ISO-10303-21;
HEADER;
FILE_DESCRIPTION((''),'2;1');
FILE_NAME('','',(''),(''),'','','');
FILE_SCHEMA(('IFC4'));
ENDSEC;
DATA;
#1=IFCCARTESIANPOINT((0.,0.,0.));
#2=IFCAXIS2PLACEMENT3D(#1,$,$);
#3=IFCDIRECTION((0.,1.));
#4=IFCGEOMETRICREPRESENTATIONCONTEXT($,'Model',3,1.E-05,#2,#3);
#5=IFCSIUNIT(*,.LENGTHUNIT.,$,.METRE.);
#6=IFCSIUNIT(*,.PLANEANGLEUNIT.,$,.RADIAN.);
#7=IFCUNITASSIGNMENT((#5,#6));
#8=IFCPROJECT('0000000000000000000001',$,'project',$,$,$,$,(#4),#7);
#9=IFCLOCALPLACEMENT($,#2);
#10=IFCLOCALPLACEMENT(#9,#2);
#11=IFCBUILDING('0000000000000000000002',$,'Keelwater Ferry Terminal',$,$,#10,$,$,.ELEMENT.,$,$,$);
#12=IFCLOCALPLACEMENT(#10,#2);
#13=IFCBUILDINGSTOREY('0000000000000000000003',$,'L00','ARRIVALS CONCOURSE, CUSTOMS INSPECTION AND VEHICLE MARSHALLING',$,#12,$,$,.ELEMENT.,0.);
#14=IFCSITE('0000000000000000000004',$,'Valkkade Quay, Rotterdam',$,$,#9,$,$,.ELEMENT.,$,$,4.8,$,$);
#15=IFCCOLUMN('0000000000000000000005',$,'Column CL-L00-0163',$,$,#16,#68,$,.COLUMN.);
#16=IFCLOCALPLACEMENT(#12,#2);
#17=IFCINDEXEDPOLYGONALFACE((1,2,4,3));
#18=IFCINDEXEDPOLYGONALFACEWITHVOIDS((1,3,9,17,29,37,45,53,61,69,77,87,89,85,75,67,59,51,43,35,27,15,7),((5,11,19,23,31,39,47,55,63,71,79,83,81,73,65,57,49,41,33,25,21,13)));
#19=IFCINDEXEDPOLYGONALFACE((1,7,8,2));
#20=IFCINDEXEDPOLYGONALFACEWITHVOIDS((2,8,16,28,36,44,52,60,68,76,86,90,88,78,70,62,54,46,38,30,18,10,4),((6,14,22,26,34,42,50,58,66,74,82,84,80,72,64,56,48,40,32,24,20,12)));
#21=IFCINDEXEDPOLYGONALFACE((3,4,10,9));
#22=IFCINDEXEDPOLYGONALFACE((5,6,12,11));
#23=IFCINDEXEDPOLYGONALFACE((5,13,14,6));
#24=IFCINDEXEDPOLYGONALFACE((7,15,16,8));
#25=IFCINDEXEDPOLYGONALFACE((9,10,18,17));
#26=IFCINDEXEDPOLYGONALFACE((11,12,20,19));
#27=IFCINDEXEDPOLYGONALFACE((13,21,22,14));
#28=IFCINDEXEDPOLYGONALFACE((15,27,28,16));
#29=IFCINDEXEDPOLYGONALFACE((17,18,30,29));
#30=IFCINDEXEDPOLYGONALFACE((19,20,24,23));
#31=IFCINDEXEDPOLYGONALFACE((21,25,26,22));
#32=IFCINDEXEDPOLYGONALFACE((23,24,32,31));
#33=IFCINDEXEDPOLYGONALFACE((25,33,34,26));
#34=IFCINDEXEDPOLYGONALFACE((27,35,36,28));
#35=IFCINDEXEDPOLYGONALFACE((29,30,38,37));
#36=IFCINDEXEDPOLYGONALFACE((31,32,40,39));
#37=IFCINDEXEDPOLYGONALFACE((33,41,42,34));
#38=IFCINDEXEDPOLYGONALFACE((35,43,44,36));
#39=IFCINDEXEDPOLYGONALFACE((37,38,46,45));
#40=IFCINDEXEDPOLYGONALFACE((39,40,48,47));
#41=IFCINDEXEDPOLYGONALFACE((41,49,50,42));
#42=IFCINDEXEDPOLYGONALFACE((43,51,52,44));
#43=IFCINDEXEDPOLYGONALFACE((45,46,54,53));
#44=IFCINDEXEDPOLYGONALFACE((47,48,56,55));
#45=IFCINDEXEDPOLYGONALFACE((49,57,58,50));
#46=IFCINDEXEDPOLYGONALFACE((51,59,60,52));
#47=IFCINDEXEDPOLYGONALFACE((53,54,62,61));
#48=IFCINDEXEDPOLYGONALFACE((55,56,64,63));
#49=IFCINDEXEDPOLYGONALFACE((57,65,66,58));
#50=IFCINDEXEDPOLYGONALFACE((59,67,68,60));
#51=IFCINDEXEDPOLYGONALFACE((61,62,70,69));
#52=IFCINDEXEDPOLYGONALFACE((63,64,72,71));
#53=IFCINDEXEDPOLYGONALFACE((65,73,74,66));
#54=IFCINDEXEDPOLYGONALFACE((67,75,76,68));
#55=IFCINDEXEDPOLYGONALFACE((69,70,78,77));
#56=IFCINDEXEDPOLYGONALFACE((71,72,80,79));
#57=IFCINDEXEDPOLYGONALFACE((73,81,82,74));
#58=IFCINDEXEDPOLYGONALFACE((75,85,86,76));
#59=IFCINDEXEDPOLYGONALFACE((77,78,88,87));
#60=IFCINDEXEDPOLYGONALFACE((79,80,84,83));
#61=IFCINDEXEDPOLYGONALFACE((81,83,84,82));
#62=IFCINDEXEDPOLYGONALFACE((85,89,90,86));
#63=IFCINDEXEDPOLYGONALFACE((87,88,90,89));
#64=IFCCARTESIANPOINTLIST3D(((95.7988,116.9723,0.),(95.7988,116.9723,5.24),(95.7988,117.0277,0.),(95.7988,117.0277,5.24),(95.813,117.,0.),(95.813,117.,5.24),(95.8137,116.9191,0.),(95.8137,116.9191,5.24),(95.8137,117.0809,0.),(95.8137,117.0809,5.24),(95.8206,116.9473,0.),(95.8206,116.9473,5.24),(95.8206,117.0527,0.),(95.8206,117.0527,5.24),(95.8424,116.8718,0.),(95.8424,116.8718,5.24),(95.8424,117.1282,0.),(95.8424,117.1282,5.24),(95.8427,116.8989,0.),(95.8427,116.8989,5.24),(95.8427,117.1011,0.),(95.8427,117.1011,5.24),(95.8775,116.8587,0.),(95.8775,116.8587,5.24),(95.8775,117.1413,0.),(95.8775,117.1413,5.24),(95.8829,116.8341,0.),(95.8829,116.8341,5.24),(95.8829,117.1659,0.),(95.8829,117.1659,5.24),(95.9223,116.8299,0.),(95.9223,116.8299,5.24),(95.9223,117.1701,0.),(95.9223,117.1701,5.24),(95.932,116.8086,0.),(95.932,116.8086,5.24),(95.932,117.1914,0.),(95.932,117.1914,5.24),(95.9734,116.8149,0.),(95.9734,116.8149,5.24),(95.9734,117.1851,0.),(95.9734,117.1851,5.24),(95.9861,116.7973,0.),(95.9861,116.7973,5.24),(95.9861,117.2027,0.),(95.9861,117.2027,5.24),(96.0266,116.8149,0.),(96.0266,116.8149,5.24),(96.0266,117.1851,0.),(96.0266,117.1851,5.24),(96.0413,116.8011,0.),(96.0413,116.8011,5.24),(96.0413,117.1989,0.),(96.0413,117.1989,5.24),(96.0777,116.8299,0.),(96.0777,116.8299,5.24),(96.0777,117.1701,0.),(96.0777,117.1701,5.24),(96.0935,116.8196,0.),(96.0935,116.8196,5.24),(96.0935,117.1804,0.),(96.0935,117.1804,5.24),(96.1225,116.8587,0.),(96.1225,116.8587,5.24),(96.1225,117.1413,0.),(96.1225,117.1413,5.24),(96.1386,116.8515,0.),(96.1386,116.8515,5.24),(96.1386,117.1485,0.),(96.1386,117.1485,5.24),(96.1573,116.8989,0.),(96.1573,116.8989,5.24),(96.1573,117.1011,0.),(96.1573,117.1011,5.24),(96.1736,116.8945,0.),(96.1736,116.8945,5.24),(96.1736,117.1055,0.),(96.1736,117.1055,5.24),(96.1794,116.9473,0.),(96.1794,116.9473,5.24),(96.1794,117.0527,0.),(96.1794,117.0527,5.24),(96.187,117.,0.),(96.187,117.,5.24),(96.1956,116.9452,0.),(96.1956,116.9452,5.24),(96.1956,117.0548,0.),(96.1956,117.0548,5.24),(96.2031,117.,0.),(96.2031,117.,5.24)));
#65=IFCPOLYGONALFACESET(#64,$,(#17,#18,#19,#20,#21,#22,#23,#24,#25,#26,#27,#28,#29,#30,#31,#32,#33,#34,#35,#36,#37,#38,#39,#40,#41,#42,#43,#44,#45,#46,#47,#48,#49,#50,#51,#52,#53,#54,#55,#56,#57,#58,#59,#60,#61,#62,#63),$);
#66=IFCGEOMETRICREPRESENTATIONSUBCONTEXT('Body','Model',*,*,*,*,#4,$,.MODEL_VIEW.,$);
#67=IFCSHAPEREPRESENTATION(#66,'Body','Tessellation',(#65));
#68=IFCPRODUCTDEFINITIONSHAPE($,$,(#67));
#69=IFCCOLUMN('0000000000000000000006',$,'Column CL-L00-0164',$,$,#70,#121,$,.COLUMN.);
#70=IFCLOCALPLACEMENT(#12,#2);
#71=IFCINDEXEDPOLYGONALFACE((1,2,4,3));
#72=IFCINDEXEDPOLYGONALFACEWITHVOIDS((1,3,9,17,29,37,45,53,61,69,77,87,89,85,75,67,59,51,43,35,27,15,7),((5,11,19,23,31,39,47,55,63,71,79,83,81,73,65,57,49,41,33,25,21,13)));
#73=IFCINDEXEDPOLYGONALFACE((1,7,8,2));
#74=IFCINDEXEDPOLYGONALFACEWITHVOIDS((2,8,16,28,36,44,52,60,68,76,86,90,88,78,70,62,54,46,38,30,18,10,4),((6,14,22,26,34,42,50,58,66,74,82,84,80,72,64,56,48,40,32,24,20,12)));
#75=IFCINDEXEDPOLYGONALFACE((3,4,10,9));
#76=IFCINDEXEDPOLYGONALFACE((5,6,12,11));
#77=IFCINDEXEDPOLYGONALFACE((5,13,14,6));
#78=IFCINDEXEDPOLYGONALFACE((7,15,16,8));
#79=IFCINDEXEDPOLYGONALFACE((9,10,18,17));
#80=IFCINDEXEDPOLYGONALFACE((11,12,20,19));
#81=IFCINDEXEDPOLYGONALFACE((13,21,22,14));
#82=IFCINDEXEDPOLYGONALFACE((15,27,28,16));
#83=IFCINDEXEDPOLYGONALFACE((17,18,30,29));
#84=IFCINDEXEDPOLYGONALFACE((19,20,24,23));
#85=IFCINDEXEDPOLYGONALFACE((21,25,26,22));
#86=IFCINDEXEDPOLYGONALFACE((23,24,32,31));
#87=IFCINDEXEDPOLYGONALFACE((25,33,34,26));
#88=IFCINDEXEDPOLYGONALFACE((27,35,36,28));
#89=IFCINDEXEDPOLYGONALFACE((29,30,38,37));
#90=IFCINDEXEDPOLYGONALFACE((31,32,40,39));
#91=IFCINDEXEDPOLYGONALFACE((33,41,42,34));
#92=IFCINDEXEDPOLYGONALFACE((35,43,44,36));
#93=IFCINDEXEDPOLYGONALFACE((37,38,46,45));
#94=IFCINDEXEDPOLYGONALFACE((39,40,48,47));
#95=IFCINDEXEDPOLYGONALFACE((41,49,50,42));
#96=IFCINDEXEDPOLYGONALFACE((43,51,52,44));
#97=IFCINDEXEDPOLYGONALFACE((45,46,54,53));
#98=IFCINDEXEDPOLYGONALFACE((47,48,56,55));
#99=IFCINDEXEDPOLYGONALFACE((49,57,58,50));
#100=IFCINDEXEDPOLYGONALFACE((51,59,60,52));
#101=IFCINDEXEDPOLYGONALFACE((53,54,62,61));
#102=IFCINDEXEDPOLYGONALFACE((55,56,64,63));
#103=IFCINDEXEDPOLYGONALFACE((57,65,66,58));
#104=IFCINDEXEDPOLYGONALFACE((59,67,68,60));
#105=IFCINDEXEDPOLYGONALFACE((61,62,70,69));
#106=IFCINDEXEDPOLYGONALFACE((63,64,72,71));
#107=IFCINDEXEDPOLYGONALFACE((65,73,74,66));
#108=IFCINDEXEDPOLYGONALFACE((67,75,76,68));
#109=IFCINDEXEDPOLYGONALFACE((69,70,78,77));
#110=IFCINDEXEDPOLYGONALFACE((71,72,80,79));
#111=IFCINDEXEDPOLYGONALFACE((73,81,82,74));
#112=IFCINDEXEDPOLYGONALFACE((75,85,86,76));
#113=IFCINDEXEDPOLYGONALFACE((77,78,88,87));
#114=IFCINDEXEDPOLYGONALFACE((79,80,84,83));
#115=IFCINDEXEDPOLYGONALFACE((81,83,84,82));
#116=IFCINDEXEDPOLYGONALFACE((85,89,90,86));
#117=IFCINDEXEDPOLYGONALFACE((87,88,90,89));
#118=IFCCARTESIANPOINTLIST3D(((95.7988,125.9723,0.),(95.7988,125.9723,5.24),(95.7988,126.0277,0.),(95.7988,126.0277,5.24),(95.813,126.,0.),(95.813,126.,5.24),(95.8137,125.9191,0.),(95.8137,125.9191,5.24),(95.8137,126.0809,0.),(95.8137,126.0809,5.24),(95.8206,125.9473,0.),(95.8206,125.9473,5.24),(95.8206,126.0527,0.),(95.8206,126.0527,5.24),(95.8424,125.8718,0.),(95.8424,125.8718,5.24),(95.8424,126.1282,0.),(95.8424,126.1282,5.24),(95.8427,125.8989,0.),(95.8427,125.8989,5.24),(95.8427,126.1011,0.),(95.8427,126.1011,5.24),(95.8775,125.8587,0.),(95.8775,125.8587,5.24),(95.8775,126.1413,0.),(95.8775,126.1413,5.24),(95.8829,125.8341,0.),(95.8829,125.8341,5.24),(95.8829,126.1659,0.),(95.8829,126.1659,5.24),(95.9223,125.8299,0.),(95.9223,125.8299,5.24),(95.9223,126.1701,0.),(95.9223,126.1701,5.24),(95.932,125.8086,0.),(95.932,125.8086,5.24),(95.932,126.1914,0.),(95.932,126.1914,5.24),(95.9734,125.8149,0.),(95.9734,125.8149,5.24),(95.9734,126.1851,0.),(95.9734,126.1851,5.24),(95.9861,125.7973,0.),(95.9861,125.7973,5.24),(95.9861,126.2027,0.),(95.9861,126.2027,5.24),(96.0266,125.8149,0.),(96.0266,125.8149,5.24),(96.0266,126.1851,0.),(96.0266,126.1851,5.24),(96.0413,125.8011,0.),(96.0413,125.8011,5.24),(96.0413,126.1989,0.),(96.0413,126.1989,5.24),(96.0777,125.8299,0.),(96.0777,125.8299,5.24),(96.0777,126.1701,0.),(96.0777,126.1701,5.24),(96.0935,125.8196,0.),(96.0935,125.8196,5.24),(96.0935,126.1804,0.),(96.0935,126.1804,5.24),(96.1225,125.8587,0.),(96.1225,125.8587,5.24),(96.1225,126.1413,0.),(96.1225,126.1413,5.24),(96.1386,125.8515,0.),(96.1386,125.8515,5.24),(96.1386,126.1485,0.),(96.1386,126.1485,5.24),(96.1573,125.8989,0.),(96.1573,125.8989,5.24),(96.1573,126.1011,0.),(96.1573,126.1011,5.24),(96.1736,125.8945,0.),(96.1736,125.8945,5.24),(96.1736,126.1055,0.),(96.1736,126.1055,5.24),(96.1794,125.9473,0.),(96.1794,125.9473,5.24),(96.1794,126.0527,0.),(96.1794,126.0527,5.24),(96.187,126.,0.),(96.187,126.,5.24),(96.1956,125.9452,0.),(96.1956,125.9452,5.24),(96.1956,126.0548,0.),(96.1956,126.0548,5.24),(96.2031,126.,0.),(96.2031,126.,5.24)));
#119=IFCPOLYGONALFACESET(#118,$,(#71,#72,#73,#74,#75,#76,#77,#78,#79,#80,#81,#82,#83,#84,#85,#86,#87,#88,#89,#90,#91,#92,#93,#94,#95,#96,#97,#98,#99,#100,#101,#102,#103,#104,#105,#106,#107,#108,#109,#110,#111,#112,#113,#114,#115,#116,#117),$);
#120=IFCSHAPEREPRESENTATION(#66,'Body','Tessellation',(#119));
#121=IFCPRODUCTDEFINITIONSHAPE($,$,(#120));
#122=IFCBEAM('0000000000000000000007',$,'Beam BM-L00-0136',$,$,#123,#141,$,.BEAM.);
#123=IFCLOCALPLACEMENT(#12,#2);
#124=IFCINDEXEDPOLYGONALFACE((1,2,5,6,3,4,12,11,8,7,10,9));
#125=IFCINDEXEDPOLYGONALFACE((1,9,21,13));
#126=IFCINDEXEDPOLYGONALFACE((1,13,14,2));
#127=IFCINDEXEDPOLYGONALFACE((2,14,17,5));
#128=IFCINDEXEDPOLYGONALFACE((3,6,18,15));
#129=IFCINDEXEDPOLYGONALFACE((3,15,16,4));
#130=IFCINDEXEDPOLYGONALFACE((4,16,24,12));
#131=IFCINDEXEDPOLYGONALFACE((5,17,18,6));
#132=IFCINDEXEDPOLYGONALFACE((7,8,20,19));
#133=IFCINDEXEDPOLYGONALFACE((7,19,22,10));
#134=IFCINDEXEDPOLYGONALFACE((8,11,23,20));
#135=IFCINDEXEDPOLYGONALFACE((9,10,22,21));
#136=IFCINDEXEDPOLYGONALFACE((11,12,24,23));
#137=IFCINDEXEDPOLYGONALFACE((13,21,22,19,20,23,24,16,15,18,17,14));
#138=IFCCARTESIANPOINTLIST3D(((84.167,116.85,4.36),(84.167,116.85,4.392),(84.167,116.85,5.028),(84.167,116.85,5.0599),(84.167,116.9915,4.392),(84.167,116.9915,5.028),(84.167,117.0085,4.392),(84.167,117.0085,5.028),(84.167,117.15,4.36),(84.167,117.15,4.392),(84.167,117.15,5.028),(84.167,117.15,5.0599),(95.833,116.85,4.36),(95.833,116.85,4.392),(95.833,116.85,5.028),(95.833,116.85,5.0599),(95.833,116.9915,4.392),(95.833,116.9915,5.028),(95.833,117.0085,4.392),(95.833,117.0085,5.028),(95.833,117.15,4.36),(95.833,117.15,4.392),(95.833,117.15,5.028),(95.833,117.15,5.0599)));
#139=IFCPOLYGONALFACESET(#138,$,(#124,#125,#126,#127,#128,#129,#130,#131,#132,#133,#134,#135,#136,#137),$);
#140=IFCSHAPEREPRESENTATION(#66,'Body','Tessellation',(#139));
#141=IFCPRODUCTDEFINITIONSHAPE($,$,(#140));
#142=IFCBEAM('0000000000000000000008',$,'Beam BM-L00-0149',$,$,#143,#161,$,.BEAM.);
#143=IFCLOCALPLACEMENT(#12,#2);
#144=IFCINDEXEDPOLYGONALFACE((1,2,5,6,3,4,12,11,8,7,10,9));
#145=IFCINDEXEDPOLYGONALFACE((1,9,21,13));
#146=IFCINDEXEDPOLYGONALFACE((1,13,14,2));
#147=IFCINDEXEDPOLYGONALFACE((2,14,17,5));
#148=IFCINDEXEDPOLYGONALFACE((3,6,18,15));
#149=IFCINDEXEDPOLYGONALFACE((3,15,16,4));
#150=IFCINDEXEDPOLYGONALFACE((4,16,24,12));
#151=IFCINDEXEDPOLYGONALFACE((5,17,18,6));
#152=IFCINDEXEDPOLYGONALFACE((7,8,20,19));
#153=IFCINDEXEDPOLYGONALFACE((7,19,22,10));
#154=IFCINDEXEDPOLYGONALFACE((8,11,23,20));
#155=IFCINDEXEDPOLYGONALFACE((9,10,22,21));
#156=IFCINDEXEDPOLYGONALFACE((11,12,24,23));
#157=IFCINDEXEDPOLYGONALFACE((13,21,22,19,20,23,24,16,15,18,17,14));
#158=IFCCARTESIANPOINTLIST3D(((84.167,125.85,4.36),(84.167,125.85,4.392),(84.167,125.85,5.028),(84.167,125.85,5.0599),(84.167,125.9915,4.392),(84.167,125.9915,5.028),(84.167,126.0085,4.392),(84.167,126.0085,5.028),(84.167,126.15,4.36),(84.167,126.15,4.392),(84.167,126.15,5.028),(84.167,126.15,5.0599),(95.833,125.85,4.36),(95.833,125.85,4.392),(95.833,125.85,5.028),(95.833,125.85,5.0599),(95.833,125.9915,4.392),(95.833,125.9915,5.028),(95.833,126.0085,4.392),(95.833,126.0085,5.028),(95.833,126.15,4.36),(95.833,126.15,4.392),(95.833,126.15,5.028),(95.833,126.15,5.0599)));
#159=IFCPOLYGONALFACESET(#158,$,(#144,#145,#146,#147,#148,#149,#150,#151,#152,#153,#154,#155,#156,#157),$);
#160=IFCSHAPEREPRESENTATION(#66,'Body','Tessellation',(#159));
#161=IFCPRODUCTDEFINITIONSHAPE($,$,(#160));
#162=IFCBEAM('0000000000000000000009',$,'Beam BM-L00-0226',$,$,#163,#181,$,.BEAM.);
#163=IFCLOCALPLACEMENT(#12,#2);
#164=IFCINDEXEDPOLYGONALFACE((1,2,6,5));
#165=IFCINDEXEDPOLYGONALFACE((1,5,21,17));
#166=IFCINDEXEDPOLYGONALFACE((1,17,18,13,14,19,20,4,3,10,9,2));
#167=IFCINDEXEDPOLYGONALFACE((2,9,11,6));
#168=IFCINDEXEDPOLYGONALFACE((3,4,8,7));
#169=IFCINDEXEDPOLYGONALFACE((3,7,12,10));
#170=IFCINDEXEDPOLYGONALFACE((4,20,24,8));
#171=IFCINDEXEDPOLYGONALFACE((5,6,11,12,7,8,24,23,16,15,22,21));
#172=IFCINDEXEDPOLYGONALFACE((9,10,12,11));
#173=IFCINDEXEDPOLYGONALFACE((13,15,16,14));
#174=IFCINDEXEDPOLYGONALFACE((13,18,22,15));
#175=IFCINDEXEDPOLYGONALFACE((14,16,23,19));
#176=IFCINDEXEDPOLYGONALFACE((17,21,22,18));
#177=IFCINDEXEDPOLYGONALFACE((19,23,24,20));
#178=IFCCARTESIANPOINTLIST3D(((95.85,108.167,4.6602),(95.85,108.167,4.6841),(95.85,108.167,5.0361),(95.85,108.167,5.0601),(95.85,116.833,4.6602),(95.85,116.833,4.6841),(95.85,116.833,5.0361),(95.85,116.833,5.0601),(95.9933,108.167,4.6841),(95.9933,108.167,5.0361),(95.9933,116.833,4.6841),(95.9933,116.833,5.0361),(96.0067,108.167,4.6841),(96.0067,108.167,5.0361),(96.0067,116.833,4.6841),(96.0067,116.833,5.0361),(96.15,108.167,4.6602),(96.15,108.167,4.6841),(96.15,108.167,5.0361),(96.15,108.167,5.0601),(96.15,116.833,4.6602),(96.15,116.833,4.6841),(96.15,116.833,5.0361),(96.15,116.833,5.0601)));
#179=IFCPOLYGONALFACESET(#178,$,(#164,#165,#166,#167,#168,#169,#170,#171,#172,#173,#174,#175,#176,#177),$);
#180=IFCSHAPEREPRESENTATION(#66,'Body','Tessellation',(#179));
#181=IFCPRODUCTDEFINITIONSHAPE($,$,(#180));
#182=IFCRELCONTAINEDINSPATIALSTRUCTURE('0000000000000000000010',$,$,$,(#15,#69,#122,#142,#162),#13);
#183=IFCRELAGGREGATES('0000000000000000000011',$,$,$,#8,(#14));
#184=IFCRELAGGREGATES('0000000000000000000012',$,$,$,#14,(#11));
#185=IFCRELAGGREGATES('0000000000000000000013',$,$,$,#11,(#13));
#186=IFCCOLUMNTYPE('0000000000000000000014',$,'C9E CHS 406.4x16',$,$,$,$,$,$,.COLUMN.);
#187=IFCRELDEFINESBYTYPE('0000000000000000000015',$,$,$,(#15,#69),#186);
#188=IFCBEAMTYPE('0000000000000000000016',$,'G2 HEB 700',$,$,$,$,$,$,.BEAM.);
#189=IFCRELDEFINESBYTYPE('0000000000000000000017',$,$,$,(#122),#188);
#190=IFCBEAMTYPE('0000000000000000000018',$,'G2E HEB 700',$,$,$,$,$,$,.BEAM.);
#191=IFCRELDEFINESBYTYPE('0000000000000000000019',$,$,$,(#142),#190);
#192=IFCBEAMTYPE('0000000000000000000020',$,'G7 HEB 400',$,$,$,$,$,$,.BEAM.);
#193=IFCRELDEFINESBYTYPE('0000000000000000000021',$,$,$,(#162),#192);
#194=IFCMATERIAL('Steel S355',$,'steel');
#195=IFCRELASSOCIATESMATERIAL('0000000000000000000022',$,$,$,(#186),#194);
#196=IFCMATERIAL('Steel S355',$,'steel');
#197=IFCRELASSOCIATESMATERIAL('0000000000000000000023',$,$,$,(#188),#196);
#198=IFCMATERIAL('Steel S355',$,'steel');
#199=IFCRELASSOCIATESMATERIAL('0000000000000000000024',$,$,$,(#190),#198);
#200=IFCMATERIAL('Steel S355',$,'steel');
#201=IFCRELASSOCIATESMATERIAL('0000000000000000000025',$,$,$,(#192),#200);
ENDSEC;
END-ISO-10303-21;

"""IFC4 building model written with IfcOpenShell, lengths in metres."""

from ifc_helpers import new_model, si_unit, direction, frame, origin, origin_2d, place, context, subcontext, project, spatial, hollow_circle, i_section, extrude, material, material_profile, profile_set, type_object, element, save


model = new_model("IFC4")

# Units and contexts
model_context = context("Model", 3, precision=1e-05, world=origin(), true_north=direction((0.0, 1.0)))
body_context = subcontext(model_context, "Body", "Model", "MODEL_VIEW")
ifc_project = project(units=[si_unit("LENGTHUNIT", "METRE"), si_unit("PLANEANGLEUNIT", "RADIAN")], contexts=[model_context])

# Site, building, storey
site_placement = place(None, origin())
site = spatial("IfcSite", under=ifc_project, at=site_placement, Name="Valkkade Quay, Rotterdam", CompositionType="ELEMENT", RefElevation=4.8)
building_placement = place(site_placement, origin())
building = spatial("IfcBuilding", under=site, at=building_placement, Name="Keelwater Ferry Terminal", CompositionType="ELEMENT")
storey_placement = place(building_placement, origin())
storey = spatial("IfcBuildingStorey", under=building, at=storey_placement, Name="L00", Description="ARRIVALS CONCOURSE, CUSTOMS INSPECTION AND VEHICLE MARSHALLING", CompositionType="ELEMENT", Elevation=0.0)

# Columns
ifc_material_1 = material(Name="Steel S355", Category="steel")
ifc_material_profile_1 = material_profile(ifc_material_1, hollow_circle(Radius=0.2031, WallThickness=0.0161, at=origin_2d()), Name="CHS 406.4x16")
ifc_profile_set_1 = profile_set([ifc_material_profile_1], Name="Steel S355")
column_type = type_object("IfcColumnType", Name="C9E CHS 406.4x16", PredefinedType="COLUMN", material=ifc_profile_set_1)
for number, where, z_axis, x_axis, name in (
    (1, (96.0, 117.0, 0.0), (0.0, 0.0, 1.0), (1.0, 0.0, 0.0), "Column CL-L00-0163"),
    (2, (96.0, 126.0, 0.0), (0.0, 0.0, 1.0), (1.0, 0.0, 0.0), "Column CL-L00-0164"),
):
    element("IfcColumn", number, at=place(storey_placement, frame(where, z_axis=z_axis, x_axis=x_axis)), inside=storey, type_object=column_type, Name=name, PredefinedType="COLUMN", context=body_context, shape_type="SweptSolid", body=[
        extrude(hollow_circle(Radius=0.2031, WallThickness=0.0161, at=origin_2d()), origin(), (0.0, 0.0, 1.0), 5.24),
    ])

# Beams
ifc_material_2 = material(Name="Steel S355", Category="steel")
ifc_material_profile_2 = material_profile(ifc_material_2, i_section(OverallWidth=0.3, OverallDepth=0.7, WebThickness=0.0171, FlangeThickness=0.032, at=origin_2d()), Name="HEB 700")
ifc_profile_set_2 = profile_set([ifc_material_profile_2], Name="Steel S355")
beam_type_1 = type_object("IfcBeamType", Name="G2 HEB 700", PredefinedType="BEAM", material=ifc_profile_set_2)
beam_1_placement = place(storey_placement, frame((84.167, 117.0, 4.71), z_axis=(1.0, 0.0, 0.0), x_axis=(0.0, 1.0, 0.0)))
element("IfcBeam", 3, at=beam_1_placement, inside=storey, type_object=beam_type_1, Name="Beam BM-L00-0136", PredefinedType="BEAM", context=body_context, shape_type="SweptSolid", body=[
    extrude(i_section(OverallWidth=0.3, OverallDepth=0.7, WebThickness=0.0171, FlangeThickness=0.032, at=origin_2d()), origin(), (0.0, 0.0, 1.0), 11.666),
])
ifc_material_3 = material(Name="Steel S355", Category="steel")
ifc_material_profile_3 = material_profile(ifc_material_3, i_section(OverallWidth=0.3, OverallDepth=0.7, WebThickness=0.0171, FlangeThickness=0.032, at=origin_2d()), Name="HEB 700")
ifc_profile_set_3 = profile_set([ifc_material_profile_3], Name="Steel S355")
beam_type_2 = type_object("IfcBeamType", Name="G2E HEB 700", PredefinedType="BEAM", material=ifc_profile_set_3)
beam_2_placement = place(storey_placement, frame((84.167, 126.0, 4.71), z_axis=(1.0, 0.0, 0.0), x_axis=(0.0, 1.0, 0.0)))
element("IfcBeam", 4, at=beam_2_placement, inside=storey, type_object=beam_type_2, Name="Beam BM-L00-0149", PredefinedType="BEAM", context=body_context, shape_type="SweptSolid", body=[
    extrude(i_section(OverallWidth=0.3, OverallDepth=0.7, WebThickness=0.0171, FlangeThickness=0.032, at=origin_2d()), origin(), (0.0, 0.0, 1.0), 11.666),
])
ifc_material_4 = material(Name="Steel S355", Category="steel")
ifc_material_profile_4 = material_profile(ifc_material_4, i_section(OverallWidth=0.3, OverallDepth=0.3999, WebThickness=0.0134, FlangeThickness=0.0239, at=origin_2d()), Name="HEB 400")
ifc_profile_set_4 = profile_set([ifc_material_profile_4], Name="Steel S355")
beam_type_3 = type_object("IfcBeamType", Name="G7 HEB 400", PredefinedType="BEAM", material=ifc_profile_set_4)
for number, where, z_axis, x_axis, name in (
    (5, (96.0, 108.167, 4.8601), (0.0, 1.0, 0.0), (-1.0, 0.0, 0.0), "Beam BM-L00-0226"),
):
    element("IfcBeam", number, at=place(storey_placement, frame(where, z_axis=z_axis, x_axis=x_axis)), inside=storey, type_object=beam_type_3, Name=name, PredefinedType="BEAM", context=body_context, shape_type="SweptSolid", body=[
        extrude(i_section(OverallWidth=0.3, OverallDepth=0.3999, WebThickness=0.0134, FlangeThickness=0.0239, at=origin_2d()), origin(), (0.0, 0.0, 1.0), 8.666),
    ])

save(model, "model.ifc")
